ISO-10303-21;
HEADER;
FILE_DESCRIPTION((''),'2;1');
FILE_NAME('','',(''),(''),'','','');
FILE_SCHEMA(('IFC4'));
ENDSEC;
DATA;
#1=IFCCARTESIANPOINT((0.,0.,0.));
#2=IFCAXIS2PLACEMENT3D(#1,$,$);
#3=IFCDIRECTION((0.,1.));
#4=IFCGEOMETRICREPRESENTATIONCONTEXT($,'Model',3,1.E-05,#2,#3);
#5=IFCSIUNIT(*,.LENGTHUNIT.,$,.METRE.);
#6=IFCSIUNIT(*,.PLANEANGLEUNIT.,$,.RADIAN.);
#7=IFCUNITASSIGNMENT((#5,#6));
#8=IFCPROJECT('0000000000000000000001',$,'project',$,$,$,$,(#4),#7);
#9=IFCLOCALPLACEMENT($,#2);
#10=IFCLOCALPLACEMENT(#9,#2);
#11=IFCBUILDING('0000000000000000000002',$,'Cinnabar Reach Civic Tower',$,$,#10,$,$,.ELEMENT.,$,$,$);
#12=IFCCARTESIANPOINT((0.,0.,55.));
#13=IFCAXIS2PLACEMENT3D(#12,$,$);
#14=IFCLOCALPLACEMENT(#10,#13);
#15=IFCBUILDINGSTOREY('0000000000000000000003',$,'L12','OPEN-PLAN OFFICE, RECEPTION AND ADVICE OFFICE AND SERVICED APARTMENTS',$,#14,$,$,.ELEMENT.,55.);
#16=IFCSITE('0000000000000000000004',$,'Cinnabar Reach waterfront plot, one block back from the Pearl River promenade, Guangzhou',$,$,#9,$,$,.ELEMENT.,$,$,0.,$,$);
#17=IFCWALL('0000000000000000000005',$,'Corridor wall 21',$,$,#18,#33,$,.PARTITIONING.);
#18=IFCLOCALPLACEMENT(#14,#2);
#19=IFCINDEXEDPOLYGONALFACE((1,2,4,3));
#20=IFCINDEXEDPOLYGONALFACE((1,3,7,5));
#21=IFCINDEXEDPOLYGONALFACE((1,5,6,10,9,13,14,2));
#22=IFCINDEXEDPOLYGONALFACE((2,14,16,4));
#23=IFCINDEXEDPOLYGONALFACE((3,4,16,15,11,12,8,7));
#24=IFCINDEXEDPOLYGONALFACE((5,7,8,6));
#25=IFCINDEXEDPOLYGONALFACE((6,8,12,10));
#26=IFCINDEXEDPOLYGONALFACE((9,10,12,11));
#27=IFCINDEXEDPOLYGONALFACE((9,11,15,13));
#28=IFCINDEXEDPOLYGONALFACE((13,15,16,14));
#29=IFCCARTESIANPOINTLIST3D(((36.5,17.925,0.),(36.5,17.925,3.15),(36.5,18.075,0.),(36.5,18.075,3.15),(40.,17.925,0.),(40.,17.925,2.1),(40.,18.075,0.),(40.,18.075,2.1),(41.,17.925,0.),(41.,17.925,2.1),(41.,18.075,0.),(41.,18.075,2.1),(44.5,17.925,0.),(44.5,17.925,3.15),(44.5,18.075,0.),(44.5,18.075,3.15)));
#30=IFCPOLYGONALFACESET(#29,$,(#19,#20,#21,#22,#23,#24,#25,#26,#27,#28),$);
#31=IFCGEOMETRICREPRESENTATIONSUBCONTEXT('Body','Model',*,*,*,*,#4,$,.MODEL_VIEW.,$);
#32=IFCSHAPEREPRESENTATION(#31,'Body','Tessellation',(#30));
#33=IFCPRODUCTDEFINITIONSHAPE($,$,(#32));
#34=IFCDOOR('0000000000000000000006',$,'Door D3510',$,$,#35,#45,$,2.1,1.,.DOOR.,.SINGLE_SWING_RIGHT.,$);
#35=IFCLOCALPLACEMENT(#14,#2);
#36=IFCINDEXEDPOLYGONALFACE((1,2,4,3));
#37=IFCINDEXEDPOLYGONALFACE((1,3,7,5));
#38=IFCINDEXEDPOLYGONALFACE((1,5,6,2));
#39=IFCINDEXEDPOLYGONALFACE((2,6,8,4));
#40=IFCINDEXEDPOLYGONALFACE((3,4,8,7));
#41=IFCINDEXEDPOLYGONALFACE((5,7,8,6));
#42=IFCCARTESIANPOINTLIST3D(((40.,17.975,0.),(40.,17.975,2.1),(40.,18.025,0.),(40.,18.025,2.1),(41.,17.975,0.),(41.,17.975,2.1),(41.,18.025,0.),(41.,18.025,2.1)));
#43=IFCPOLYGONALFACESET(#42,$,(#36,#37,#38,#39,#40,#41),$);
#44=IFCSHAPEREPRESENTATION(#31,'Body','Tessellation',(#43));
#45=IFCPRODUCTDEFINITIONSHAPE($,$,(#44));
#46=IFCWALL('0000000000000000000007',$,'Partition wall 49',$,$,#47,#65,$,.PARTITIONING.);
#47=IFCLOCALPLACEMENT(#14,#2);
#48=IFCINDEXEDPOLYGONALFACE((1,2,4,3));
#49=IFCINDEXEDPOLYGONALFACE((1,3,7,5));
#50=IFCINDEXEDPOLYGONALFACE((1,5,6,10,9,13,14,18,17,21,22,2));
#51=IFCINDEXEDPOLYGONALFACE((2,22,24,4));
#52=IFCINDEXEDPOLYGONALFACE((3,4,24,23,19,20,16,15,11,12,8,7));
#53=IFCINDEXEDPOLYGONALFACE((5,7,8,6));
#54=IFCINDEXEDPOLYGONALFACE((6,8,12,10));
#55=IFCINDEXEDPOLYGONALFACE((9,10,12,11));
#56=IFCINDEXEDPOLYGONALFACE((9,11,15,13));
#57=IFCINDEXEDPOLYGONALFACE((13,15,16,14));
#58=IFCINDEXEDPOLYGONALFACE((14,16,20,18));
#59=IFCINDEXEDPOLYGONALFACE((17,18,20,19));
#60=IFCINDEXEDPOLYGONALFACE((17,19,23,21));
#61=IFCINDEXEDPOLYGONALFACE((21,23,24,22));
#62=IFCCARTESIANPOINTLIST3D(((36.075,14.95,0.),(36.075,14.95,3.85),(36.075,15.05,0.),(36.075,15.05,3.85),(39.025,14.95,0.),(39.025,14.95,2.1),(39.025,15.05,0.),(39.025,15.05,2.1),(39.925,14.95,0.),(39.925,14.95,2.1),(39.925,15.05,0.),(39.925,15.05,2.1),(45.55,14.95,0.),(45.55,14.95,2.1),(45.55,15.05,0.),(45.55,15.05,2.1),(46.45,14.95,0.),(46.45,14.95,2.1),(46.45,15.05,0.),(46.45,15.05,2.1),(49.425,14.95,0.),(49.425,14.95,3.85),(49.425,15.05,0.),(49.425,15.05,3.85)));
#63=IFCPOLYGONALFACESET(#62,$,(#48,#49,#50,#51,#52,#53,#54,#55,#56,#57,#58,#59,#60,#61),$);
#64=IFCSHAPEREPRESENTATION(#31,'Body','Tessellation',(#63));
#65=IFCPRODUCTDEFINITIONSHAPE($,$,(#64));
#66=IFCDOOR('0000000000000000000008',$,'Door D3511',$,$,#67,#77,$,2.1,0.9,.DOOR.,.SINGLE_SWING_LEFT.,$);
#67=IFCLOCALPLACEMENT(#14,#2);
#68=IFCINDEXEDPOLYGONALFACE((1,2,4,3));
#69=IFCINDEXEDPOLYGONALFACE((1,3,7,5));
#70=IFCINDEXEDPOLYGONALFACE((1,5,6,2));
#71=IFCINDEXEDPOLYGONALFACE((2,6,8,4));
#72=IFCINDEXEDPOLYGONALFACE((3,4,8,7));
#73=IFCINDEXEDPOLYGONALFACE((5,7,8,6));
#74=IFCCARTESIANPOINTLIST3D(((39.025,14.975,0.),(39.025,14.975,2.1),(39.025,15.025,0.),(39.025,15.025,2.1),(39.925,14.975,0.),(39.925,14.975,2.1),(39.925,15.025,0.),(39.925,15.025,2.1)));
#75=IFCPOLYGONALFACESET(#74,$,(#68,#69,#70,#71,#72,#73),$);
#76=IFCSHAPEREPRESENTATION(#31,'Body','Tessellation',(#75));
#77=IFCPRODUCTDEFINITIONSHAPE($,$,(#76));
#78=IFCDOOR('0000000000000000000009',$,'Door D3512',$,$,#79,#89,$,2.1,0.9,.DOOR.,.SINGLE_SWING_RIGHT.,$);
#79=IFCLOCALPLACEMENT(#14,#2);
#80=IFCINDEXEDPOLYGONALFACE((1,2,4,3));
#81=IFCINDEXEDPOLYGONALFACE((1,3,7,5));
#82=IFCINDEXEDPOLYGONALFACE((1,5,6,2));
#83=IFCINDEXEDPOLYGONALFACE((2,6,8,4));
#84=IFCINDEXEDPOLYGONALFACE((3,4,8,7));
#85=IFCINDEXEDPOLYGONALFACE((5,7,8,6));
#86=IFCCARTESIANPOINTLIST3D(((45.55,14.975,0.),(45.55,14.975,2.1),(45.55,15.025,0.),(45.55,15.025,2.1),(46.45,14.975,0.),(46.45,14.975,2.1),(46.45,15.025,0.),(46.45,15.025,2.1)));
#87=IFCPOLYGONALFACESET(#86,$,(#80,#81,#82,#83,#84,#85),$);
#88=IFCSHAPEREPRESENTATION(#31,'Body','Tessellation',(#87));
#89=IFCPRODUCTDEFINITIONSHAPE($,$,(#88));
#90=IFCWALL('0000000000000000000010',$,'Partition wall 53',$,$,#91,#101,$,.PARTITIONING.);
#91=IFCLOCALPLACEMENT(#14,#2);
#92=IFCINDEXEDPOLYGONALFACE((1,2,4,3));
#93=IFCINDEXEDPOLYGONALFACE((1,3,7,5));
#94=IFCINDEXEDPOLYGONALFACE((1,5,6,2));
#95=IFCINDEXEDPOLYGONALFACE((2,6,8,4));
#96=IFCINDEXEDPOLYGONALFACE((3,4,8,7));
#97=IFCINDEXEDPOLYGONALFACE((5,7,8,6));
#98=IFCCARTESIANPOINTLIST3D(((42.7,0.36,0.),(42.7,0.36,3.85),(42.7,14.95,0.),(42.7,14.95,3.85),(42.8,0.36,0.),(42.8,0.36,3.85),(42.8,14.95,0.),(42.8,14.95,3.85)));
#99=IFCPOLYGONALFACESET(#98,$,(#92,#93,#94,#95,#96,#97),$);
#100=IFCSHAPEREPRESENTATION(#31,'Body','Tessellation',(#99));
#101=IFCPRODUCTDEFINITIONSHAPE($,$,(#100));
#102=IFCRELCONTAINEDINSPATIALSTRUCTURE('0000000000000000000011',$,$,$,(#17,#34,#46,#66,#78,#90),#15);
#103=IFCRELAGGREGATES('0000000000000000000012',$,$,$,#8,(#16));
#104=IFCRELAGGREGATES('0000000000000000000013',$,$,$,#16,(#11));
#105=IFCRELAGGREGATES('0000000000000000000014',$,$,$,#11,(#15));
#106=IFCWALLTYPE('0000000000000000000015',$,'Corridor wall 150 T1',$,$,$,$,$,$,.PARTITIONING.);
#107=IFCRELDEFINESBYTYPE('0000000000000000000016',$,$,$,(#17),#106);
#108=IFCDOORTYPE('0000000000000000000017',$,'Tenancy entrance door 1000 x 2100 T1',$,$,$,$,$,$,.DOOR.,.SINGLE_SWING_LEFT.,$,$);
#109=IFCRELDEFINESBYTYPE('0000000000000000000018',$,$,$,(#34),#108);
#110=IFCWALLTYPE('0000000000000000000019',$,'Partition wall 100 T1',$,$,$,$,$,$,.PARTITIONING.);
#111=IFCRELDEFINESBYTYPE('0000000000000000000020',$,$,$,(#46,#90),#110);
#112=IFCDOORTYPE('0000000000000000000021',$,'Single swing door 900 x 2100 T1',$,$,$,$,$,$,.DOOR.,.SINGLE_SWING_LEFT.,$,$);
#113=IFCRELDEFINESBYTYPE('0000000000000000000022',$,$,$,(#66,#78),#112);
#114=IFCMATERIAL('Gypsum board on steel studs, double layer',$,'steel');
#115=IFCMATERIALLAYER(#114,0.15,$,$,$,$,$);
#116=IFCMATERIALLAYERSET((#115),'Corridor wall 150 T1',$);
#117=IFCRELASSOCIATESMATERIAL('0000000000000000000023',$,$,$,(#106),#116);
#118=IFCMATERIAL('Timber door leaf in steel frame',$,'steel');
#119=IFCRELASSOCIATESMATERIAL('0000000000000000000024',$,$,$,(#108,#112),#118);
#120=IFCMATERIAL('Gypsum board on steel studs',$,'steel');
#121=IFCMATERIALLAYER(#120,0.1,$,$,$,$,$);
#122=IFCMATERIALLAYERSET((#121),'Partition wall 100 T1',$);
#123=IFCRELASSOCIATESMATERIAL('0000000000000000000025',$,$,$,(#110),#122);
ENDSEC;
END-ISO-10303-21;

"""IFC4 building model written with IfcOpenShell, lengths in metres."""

from ifc_helpers import new_model, si_unit, direction, frame, frame_2d, origin, place, context, subcontext, project, spatial, rectangle, extrude, material, layer, layer_set, type_object, element, fill, save


model = new_model("IFC4")

# Units and contexts
model_context = context("Model", 3, precision=1e-05, world=origin(), true_north=direction((0.0, 1.0)))
body_context = subcontext(model_context, "Body", "Model", "MODEL_VIEW")
ifc_project = project(units=[si_unit("LENGTHUNIT", "METRE"), si_unit("PLANEANGLEUNIT", "RADIAN")], contexts=[model_context])

# Site, building, storey
site_placement = place(None, origin())
site = spatial("IfcSite", under=ifc_project, at=site_placement, Name="Cinnabar Reach waterfront plot, one block back from the Pearl River promenade, Guangzhou", CompositionType="ELEMENT", RefElevation=0.0)
building_placement = place(site_placement, origin())
building = spatial("IfcBuilding", under=site, at=building_placement, Name="Cinnabar Reach Civic Tower", CompositionType="ELEMENT")
storey_placement = place(building_placement, frame((0.0, 0.0, 55.0)))
storey = spatial("IfcBuildingStorey", under=building, at=storey_placement, Name="L12", Description="OPEN-PLAN OFFICE, RECEPTION AND ADVICE OFFICE AND SERVICED APARTMENTS", CompositionType="ELEMENT", Elevation=55.0)

# Wall, opening, door
ifc_material_1 = material(Name="Gypsum board on steel studs, double layer", Category="steel")
ifc_layer_1 = layer(ifc_material_1, 0.15)
ifc_layer_set_1 = layer_set([ifc_layer_1], Name="Corridor wall 150 T1")
wall_type_1 = type_object("IfcWallType", Name="Corridor wall 150 T1", PredefinedType="PARTITIONING", material=ifc_layer_set_1)
wall_1_placement = place(storey_placement, frame((36.5, 18.0, 0.0), z_axis=(0.0, 0.0, 1.0), x_axis=(1.0, 0.0, 0.0)))
wall_1 = element("IfcWall", 1, at=wall_1_placement, inside=storey, type_object=wall_type_1, Name="Corridor wall 21", PredefinedType="PARTITIONING", context=body_context, shape_type="SweptSolid", body=[
    extrude(rectangle(XDim=8.0, YDim=0.15, at=frame_2d((4.0, 0.0))), origin(), (0.0, 0.0, 1.0), 3.15),
])
opening_1_placement = place(wall_1_placement, frame((3.5, 0.0, 0.0)))
opening_1 = element("IfcOpeningElement", 2, at=opening_1_placement, cuts=wall_1, PredefinedType="OPENING", context=body_context, shape_type="SweptSolid", body=[
    extrude(rectangle(XDim=1.0, YDim=2.1, at=frame_2d((0.5, 1.05))), frame((0.0, 0.085, 0.0), z_axis=(0.0, -1.0, 0.0), x_axis=(1.0, 0.0, 0.0)), (0.0, 0.0, 1.0), 0.17),
])
ifc_material_2 = material(Name="Timber door leaf in steel frame", Category="steel")
door_type_1 = type_object("IfcDoorType", Name="Tenancy entrance door 1000 x 2100 T1", OperationType="SINGLE_SWING_LEFT", PredefinedType="DOOR", material=ifc_material_2)
door_1_placement = place(opening_1_placement, frame((1.0, 0.0, 0.0), z_axis=(0.0, 0.0, 1.0), x_axis=(-1.0, 0.0, 0.0)))
door_1 = element("IfcDoor", 3, at=door_1_placement, inside=storey, type_object=door_type_1, Name="Door D3510", OperationType="SINGLE_SWING_RIGHT", OverallHeight=2.1, OverallWidth=1.0, PredefinedType="DOOR", context=body_context, shape_type="SweptSolid", body=[
    extrude(rectangle(XDim=1.0, YDim=2.1, at=frame_2d((0.5, 1.05))), frame((0.0, 0.025, 0.0), z_axis=(0.0, -1.0, 0.0), x_axis=(1.0, 0.0, 0.0)), (0.0, 0.0, 1.0), 0.05),
])
fill(opening_1, door_1)

# Wall, openings, doors
ifc_material_3 = material(Name="Gypsum board on steel studs", Category="steel")
ifc_layer_2 = layer(ifc_material_3, 0.1)
ifc_layer_set_2 = layer_set([ifc_layer_2], Name="Partition wall 100 T1")
wall_type_2 = type_object("IfcWallType", Name="Partition wall 100 T1", PredefinedType="PARTITIONING", material=ifc_layer_set_2)
wall_2_placement = place(storey_placement, frame((36.075, 15.0, 0.0), z_axis=(0.0, 0.0, 1.0), x_axis=(1.0, 0.0, 0.0)))
wall_2 = element("IfcWall", 4, at=wall_2_placement, inside=storey, type_object=wall_type_2, Name="Partition wall 49", PredefinedType="PARTITIONING", context=body_context, shape_type="SweptSolid", body=[
    extrude(rectangle(XDim=13.35, YDim=0.1, at=frame_2d((6.675, 0.0))), origin(), (0.0, 0.0, 1.0), 3.85),
])
opening_2_placement = place(wall_2_placement, frame((2.95, 0.0, 0.0)))
opening_2 = element("IfcOpeningElement", 5, at=opening_2_placement, cuts=wall_2, PredefinedType="OPENING", context=body_context, shape_type="SweptSolid", body=[
    extrude(rectangle(XDim=0.9, YDim=2.1, at=frame_2d((0.45, 1.05))), frame((0.0, 0.06, 0.0), z_axis=(0.0, -1.0, 0.0), x_axis=(1.0, 0.0, 0.0)), (0.0, 0.0, 1.0), 0.12),
])
opening_3_placement = place(wall_2_placement, frame((9.475, 0.0, 0.0)))
opening_3 = element("IfcOpeningElement", 6, at=opening_3_placement, cuts=wall_2, PredefinedType="OPENING", context=body_context, shape_type="SweptSolid", body=[
    extrude(rectangle(XDim=0.9, YDim=2.1, at=frame_2d((0.45, 1.05))), frame((0.0, 0.06, 0.0), z_axis=(0.0, -1.0, 0.0), x_axis=(1.0, 0.0, 0.0)), (0.0, 0.0, 1.0), 0.12),
])
door_type_2 = type_object("IfcDoorType", Name="Single swing door 900 x 2100 T1", OperationType="SINGLE_SWING_LEFT", PredefinedType="DOOR", material=ifc_material_2)
door_2_placement = place(opening_2_placement, origin())
door_2 = element("IfcDoor", 7, at=door_2_placement, inside=storey, type_object=door_type_2, Name="Door D3511", OperationType="SINGLE_SWING_LEFT", OverallHeight=2.1, OverallWidth=0.9, PredefinedType="DOOR", context=body_context, shape_type="SweptSolid", body=[
    extrude(rectangle(XDim=0.9, YDim=2.1, at=frame_2d((0.45, 1.05))), frame((0.0, 0.025, 0.0), z_axis=(0.0, -1.0, 0.0), x_axis=(1.0, 0.0, 0.0)), (0.0, 0.0, 1.0), 0.05),
])
fill(opening_2, door_2)
door_3_placement = place(opening_3_placement, origin())
door_3 = element("IfcDoor", 8, at=door_3_placement, inside=storey, type_object=door_type_2, Name="Door D3512", OperationType="SINGLE_SWING_RIGHT", OverallHeight=2.1, OverallWidth=0.9, PredefinedType="DOOR", context=body_context, shape_type="SweptSolid", body=[
    extrude(rectangle(XDim=0.9, YDim=2.1, at=frame_2d((0.45, 1.05))), frame((0.0, 0.025, 0.0), z_axis=(0.0, -1.0, 0.0), x_axis=(1.0, 0.0, 0.0)), (0.0, 0.0, 1.0), 0.05),
])
fill(opening_3, door_3)

# Wall
wall_3_placement = place(storey_placement, frame((42.75, 0.36, 0.0), z_axis=(0.0, 0.0, 1.0), x_axis=(0.0, 1.0, 0.0)))
element("IfcWall", 9, at=wall_3_placement, inside=storey, type_object=wall_type_2, Name="Partition wall 53", PredefinedType="PARTITIONING", context=body_context, shape_type="SweptSolid", body=[
    extrude(rectangle(XDim=14.59, YDim=0.1, at=frame_2d((7.295, 0.0))), origin(), (0.0, 0.0, 1.0), 3.85),
])

save(model, "model.ifc")
